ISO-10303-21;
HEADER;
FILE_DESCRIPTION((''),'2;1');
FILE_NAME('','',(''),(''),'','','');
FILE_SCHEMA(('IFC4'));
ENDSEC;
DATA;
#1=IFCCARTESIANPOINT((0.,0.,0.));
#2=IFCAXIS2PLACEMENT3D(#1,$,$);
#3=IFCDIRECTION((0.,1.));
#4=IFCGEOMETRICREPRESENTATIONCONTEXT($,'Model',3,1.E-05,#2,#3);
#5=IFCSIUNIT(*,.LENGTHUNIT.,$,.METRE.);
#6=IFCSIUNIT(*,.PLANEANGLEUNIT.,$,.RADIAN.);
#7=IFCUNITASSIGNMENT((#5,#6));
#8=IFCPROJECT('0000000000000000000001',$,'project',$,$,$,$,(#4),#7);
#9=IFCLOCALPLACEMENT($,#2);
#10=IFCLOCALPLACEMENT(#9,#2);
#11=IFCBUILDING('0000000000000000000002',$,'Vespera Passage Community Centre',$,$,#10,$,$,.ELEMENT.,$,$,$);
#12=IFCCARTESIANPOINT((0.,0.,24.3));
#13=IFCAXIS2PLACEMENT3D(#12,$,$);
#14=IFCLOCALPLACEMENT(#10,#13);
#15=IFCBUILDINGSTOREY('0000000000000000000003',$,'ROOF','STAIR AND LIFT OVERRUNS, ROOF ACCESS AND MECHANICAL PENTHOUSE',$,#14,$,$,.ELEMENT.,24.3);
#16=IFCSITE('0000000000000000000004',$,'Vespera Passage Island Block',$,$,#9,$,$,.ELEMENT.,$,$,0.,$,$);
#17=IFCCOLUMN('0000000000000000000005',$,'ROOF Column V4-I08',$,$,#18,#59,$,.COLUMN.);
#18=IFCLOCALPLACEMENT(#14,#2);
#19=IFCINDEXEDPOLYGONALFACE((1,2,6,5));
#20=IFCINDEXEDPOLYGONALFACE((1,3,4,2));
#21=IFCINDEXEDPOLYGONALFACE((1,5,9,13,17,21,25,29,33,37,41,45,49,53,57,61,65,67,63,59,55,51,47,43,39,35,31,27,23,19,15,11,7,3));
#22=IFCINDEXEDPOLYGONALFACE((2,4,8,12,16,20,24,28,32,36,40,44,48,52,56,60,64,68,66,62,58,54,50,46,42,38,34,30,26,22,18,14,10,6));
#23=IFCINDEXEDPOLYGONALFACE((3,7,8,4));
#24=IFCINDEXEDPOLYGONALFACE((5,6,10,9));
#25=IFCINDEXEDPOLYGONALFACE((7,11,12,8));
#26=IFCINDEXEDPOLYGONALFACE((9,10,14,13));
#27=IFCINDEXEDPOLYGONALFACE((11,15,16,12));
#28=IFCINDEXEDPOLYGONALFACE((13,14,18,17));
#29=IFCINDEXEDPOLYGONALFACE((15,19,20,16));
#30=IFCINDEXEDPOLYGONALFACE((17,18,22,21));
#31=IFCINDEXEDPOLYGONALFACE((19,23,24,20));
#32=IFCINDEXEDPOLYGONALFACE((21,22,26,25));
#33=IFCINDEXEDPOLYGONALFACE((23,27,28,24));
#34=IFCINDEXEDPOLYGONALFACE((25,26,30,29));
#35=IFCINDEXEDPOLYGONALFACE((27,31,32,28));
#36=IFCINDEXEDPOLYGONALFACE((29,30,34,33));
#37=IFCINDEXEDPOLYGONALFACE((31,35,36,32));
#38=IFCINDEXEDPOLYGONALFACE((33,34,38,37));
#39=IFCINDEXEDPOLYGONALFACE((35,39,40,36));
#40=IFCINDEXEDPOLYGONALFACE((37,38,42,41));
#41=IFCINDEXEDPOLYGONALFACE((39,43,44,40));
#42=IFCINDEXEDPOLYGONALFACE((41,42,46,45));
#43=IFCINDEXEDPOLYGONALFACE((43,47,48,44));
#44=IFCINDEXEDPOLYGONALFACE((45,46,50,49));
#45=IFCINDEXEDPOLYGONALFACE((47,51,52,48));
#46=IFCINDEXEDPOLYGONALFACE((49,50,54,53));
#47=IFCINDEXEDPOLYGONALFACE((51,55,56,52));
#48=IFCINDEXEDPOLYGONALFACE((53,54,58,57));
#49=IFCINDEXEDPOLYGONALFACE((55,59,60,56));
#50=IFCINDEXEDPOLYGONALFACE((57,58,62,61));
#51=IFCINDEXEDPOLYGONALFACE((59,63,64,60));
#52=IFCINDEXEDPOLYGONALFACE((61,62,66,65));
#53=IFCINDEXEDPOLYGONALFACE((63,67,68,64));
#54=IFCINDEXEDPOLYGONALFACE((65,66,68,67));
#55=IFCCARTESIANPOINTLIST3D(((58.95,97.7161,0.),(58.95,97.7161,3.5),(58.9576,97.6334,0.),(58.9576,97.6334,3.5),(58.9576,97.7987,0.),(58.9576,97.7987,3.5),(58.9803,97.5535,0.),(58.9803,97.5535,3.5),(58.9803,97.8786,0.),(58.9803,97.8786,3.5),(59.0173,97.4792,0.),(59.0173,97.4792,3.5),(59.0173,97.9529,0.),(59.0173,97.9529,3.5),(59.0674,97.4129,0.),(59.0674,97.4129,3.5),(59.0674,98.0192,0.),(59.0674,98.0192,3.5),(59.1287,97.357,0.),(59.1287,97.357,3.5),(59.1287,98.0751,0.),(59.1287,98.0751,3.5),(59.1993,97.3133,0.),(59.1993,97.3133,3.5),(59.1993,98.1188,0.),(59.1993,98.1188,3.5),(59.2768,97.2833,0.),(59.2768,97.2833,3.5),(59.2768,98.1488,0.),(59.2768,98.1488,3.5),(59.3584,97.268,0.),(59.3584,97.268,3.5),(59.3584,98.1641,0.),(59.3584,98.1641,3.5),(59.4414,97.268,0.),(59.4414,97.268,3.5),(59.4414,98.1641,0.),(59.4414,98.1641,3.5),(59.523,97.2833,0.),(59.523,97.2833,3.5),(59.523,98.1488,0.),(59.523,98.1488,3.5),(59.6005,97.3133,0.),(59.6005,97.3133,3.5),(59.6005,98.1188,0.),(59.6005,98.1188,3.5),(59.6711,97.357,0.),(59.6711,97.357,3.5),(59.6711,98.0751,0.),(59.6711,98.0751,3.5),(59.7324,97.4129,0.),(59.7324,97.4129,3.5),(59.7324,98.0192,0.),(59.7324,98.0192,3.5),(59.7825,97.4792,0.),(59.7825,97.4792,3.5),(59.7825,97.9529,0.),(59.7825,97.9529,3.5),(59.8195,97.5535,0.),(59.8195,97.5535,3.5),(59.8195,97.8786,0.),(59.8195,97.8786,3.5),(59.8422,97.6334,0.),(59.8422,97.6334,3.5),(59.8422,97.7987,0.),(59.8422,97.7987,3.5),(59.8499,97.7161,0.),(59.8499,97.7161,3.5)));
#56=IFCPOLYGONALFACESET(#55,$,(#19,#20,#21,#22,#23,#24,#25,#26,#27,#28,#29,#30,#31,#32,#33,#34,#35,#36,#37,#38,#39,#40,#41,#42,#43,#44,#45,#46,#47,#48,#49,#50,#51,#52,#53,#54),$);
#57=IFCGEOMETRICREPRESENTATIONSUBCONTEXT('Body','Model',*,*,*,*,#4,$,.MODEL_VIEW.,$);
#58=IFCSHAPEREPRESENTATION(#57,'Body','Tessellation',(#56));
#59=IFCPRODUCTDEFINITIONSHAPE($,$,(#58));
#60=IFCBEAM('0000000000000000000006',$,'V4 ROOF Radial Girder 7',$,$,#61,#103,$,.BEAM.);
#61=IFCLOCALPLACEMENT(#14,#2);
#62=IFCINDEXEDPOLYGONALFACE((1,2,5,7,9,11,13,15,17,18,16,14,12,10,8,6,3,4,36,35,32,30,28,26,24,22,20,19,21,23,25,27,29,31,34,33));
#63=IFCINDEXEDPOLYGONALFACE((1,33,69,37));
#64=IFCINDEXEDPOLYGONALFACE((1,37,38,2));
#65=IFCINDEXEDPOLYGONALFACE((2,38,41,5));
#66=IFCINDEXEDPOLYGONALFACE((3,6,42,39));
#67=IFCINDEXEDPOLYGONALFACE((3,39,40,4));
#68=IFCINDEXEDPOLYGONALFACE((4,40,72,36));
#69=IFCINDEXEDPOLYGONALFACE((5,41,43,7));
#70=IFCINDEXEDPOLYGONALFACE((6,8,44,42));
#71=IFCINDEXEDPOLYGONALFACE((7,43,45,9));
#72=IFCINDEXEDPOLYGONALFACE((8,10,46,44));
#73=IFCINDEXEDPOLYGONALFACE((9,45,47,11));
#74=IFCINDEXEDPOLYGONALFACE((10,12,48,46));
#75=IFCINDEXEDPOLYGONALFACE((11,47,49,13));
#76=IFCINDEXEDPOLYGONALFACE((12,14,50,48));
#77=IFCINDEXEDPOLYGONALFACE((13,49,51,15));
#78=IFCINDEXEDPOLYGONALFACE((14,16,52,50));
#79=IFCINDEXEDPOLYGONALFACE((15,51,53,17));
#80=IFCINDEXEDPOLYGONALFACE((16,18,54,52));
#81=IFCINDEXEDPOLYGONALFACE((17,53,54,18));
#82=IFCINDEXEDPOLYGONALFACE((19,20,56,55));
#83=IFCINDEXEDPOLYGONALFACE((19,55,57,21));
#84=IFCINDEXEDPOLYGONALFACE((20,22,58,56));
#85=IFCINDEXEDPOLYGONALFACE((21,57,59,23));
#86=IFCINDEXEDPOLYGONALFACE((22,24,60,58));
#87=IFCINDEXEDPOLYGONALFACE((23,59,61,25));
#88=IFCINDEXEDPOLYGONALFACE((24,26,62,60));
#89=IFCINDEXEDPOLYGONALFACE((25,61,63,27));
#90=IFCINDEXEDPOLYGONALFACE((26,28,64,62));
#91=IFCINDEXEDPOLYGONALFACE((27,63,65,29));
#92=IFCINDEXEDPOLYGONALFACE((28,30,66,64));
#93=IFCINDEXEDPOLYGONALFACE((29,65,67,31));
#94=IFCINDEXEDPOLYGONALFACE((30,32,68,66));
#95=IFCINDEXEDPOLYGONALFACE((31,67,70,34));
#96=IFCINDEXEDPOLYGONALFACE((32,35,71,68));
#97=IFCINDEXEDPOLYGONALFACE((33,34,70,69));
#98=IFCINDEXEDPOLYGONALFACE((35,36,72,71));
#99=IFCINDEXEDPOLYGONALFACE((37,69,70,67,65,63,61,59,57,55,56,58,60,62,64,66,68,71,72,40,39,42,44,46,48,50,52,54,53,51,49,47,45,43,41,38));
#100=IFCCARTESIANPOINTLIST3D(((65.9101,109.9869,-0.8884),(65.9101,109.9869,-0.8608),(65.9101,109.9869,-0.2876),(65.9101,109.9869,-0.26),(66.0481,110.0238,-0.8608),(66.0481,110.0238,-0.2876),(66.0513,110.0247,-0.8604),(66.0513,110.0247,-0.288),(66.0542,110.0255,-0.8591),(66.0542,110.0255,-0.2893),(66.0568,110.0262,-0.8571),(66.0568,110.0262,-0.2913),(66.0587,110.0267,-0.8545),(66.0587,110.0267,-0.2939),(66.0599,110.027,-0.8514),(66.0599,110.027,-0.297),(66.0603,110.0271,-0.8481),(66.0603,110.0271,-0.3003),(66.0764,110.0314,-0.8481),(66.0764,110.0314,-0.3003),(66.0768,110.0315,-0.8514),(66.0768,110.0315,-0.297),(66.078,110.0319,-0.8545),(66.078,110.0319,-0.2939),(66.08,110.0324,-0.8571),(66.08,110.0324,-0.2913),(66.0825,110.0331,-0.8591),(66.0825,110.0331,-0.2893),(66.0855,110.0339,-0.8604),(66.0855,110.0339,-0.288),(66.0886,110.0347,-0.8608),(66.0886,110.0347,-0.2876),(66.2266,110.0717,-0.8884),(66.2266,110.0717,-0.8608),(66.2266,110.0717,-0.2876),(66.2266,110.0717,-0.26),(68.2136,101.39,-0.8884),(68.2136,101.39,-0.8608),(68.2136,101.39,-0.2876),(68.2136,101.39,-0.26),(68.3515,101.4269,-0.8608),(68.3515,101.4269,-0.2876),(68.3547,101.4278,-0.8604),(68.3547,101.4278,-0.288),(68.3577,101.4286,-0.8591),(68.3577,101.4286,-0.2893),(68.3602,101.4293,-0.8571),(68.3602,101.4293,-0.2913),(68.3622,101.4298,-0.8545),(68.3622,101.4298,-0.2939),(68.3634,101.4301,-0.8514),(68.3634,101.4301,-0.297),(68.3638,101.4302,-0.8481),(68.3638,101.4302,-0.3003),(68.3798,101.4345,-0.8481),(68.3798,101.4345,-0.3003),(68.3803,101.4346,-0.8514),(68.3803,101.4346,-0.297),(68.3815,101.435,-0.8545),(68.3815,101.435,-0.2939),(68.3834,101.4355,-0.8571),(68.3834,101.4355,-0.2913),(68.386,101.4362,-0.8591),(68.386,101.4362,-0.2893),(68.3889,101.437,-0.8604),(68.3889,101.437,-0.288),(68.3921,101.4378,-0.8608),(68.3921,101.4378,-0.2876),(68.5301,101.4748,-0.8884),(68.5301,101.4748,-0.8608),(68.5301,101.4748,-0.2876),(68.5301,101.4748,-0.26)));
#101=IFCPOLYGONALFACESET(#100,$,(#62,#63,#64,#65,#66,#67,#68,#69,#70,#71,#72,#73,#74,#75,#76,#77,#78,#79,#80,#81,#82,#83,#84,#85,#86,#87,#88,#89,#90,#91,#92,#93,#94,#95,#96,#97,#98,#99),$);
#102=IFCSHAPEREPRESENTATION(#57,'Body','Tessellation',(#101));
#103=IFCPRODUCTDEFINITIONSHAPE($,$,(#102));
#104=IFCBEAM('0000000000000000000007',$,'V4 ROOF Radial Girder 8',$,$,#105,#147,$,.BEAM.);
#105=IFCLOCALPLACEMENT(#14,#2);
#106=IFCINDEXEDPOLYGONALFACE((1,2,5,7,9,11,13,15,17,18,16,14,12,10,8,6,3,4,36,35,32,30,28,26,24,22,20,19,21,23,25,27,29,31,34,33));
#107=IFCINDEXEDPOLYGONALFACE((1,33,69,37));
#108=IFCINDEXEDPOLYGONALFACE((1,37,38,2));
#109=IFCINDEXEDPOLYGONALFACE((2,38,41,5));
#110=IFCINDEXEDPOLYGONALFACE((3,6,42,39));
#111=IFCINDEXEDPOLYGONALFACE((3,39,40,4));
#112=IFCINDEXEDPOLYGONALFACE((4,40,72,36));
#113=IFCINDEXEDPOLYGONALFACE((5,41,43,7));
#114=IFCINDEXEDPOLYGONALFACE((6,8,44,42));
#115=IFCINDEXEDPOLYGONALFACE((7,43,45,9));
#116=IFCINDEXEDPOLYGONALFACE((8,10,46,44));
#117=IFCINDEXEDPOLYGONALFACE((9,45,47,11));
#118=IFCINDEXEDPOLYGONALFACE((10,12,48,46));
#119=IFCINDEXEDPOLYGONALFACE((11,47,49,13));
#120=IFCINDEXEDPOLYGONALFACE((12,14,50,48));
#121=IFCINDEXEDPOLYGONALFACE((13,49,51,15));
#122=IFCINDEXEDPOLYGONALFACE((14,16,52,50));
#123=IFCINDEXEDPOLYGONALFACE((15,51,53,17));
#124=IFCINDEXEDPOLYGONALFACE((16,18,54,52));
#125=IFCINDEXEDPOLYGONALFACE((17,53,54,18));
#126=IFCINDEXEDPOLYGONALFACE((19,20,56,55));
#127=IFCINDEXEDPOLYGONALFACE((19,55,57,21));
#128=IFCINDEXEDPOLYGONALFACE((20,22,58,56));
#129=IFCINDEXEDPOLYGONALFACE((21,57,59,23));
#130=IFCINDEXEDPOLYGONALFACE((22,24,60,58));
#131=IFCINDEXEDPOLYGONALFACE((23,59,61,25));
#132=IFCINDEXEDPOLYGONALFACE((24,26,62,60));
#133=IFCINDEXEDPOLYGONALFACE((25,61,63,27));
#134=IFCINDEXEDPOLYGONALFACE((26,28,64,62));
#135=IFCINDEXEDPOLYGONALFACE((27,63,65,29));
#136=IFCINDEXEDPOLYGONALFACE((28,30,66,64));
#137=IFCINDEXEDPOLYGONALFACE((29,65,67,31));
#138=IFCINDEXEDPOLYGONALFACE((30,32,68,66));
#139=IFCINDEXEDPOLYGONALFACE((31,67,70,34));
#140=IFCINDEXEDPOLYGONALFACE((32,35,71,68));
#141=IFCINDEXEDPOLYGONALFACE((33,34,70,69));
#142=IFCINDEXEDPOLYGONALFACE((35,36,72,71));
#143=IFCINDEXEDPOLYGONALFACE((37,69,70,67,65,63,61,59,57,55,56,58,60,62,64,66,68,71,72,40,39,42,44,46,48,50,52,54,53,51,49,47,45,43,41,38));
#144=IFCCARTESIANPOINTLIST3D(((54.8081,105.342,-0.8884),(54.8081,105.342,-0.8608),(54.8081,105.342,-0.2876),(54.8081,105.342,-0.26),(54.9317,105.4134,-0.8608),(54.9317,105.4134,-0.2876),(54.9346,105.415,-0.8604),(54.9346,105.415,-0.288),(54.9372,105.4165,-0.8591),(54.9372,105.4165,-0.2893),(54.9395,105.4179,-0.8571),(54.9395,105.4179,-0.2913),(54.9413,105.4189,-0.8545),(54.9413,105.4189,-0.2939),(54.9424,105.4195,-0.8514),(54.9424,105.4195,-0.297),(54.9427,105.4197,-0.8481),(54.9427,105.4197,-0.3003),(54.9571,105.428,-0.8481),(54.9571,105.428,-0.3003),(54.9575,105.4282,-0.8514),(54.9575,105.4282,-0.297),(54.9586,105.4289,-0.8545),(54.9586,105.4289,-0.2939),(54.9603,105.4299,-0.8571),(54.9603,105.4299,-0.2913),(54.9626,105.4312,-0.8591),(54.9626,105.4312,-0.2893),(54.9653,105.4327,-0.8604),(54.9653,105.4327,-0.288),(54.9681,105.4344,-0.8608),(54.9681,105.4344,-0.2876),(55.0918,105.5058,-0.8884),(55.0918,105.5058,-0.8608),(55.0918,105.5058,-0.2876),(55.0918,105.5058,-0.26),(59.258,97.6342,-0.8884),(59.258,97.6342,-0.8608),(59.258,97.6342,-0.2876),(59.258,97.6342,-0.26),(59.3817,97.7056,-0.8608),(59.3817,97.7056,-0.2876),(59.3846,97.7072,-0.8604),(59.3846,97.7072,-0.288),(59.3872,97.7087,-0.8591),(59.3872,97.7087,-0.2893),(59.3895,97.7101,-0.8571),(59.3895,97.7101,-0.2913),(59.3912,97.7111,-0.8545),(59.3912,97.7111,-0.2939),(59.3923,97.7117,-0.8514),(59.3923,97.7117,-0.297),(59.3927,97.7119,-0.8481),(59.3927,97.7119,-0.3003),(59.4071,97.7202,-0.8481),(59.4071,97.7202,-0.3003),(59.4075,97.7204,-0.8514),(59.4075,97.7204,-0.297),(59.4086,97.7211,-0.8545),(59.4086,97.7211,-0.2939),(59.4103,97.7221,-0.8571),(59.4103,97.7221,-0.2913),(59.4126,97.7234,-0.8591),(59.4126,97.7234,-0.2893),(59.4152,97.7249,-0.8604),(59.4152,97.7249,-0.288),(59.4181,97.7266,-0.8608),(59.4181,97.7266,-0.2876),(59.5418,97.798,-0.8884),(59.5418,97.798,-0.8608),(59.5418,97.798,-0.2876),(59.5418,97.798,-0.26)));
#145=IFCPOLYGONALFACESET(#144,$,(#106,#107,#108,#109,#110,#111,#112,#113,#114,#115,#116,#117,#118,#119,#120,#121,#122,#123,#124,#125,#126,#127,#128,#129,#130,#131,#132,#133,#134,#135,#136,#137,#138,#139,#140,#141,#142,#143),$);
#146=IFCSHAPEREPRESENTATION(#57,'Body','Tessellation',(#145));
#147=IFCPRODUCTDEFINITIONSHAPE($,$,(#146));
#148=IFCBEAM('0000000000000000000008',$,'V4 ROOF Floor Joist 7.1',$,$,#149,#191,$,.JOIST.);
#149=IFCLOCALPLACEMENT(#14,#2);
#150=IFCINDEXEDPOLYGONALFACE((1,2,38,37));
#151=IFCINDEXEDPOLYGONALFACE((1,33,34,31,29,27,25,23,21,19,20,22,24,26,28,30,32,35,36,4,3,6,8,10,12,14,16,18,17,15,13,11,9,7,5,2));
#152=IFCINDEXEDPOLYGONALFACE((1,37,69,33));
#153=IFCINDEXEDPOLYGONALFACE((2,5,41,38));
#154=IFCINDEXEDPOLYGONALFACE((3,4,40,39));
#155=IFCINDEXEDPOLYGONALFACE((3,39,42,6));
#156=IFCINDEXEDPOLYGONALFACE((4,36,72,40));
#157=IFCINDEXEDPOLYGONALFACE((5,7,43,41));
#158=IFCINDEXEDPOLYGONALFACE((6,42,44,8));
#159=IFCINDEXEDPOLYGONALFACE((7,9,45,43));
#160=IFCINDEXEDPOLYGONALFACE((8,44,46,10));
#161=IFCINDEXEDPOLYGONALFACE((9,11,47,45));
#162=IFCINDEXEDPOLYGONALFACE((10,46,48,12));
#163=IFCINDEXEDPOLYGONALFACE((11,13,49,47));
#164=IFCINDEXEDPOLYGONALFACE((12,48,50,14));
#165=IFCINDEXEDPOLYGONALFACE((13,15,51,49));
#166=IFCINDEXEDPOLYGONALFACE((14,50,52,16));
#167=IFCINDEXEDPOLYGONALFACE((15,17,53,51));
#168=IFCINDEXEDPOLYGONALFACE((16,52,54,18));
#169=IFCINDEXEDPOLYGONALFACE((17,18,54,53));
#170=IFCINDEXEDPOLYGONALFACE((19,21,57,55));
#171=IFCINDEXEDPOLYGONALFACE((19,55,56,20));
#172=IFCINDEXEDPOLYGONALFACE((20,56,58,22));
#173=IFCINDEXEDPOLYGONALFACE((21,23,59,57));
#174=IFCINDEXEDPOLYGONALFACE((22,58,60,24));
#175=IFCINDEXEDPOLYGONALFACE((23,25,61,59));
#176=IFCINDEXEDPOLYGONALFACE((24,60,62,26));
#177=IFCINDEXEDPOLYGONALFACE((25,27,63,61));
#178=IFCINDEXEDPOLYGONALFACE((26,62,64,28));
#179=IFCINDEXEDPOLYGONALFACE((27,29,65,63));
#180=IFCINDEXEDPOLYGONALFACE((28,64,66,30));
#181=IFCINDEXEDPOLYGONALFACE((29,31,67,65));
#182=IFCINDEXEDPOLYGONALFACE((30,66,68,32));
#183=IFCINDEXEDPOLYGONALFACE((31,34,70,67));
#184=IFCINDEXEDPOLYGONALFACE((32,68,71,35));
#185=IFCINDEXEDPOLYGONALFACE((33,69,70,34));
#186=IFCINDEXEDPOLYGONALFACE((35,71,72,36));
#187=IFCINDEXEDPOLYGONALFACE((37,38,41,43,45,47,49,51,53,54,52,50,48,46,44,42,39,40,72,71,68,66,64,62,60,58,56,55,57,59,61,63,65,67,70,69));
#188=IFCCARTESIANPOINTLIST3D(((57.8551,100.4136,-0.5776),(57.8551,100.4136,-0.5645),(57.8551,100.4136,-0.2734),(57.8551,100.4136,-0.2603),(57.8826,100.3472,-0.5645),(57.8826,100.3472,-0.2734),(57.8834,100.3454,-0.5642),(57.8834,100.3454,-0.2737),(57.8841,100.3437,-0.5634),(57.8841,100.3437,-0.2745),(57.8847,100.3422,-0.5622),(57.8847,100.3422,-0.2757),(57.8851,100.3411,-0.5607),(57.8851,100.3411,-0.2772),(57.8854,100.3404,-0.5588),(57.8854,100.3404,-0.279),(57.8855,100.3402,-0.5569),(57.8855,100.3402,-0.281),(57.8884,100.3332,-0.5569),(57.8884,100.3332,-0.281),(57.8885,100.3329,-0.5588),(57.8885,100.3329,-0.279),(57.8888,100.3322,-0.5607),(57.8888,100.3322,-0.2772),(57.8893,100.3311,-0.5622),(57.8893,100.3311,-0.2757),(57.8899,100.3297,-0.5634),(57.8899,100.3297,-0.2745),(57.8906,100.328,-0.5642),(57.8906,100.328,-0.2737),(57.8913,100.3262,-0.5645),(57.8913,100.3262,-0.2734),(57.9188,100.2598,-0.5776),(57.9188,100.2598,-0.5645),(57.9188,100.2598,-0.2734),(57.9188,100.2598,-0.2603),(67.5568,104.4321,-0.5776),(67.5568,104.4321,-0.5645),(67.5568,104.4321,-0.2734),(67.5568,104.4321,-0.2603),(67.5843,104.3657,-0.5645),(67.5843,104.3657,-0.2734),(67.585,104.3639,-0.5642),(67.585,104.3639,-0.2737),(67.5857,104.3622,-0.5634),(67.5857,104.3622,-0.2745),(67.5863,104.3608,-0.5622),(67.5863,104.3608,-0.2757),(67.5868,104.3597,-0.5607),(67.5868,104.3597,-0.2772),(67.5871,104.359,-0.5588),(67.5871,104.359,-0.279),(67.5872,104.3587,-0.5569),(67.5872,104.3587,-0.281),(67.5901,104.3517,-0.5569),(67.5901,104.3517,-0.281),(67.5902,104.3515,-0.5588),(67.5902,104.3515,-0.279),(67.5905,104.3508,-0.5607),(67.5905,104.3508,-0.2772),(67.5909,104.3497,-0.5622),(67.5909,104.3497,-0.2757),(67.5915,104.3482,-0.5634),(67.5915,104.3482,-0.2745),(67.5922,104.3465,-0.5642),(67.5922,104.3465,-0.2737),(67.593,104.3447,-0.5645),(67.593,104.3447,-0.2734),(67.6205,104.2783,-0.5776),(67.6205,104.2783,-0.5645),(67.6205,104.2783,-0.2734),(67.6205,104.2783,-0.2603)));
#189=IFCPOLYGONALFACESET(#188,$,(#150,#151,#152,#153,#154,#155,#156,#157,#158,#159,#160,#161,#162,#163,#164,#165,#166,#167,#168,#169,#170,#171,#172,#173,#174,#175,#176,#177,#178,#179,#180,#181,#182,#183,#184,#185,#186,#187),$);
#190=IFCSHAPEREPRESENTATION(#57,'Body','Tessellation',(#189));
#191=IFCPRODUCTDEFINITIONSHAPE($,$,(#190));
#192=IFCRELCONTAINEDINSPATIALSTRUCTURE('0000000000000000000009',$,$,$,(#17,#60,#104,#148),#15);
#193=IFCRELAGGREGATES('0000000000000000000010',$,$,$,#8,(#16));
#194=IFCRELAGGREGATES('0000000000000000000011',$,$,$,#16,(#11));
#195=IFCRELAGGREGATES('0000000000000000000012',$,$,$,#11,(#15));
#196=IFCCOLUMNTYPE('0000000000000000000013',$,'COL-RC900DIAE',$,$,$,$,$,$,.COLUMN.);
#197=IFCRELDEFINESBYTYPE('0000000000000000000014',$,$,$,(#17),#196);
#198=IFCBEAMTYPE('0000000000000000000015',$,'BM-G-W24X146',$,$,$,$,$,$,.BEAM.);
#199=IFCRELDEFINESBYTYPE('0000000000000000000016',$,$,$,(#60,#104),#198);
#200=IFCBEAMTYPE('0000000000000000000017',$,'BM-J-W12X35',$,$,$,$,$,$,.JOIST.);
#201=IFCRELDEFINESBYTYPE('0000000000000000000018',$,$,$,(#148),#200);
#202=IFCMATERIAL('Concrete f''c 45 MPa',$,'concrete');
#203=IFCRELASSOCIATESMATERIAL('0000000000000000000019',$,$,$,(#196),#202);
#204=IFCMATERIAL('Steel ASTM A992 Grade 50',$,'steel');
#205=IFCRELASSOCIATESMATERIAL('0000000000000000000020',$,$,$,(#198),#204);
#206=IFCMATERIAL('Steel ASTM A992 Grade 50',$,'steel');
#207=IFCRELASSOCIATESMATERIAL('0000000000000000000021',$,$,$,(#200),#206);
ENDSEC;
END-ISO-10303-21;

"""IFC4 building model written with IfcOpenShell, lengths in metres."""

from ifc_helpers import new_model, si_unit, direction, frame, origin, origin_2d, place, context, subcontext, project, spatial, circle, i_section, extrude, material, material_profile, profile_set, type_object, element, save


model = new_model("IFC4")

# Units and contexts
model_context = context("Model", 3, precision=1e-05, world=origin(), true_north=direction((0.0, 1.0)))
body_context = subcontext(model_context, "Body", "Model", "MODEL_VIEW")
ifc_project = project(units=[si_unit("LENGTHUNIT", "METRE"), si_unit("PLANEANGLEUNIT", "RADIAN")], contexts=[model_context])

# Site, building, storey
site_placement = place(None, origin())
site = spatial("IfcSite", under=ifc_project, at=site_placement, Name="Vespera Passage Island Block", CompositionType="ELEMENT", RefElevation=0.0)
building_placement = place(site_placement, origin())
building = spatial("IfcBuilding", under=site, at=building_placement, Name="Vespera Passage Community Centre", CompositionType="ELEMENT")
storey_placement = place(building_placement, frame((0.0, 0.0, 24.3)))
storey = spatial("IfcBuildingStorey", under=building, at=storey_placement, Name="ROOF", Description="STAIR AND LIFT OVERRUNS, ROOF ACCESS AND MECHANICAL PENTHOUSE", CompositionType="ELEMENT", Elevation=24.3)

# Column
ifc_material_1 = material(Name="Concrete f'c 45 MPa", Category="concrete")
ifc_material_profile_1 = material_profile(ifc_material_1, circle(Radius=0.45, at=origin_2d()), Name="RC900DIA")
ifc_profile_set_1 = profile_set([ifc_material_profile_1], Name="Concrete f'c 45 MPa")
column_type = type_object("IfcColumnType", Name="COL-RC900DIAE", PredefinedType="COLUMN", material=ifc_profile_set_1)
column_placement = place(storey_placement, frame((59.3999, 97.7161, 0.0), z_axis=(0.0, 0.0, 1.0), x_axis=(1.0, 0.0, 0.0)))
element("IfcColumn", 1, at=column_placement, inside=storey, type_object=column_type, Name="ROOF Column V4-I08", PredefinedType="COLUMN", context=body_context, shape_type="SweptSolid", body=[
    extrude(circle(Radius=0.45, at=origin_2d()), origin(), (0.0, 0.0, 1.0), 3.5),
])

# Beams
ifc_material_2 = material(Name="Steel ASTM A992 Grade 50", Category="steel")
ifc_material_profile_2 = material_profile(ifc_material_2, i_section(OverallWidth=0.3276, OverallDepth=0.6284, WebThickness=0.0166, FlangeThickness=0.0276, FilletRadius=0.0127, at=origin_2d()), Name="W24X146")
ifc_profile_set_2 = profile_set([ifc_material_profile_2], Name="Steel ASTM A992 Grade 50")
beam_type_1 = type_object("IfcBeamType", Name="BM-G-W24X146", PredefinedType="BEAM", material=ifc_profile_set_2)
for number, where, z_axis, x_axis, name in (
    (2, (68.3718, 101.4324, -0.5742), (-0.258811, 0.965928, 0.0), (-0.965928, -0.258811, 0.0), "V4 ROOF Radial Girder 7"),
    (3, (59.3999, 97.7161, -0.5742), (-0.499989, 0.866032, 0.0), (-0.866032, -0.499989, 0.0), "V4 ROOF Radial Girder 8"),
):
    element("IfcBeam", number, at=place(storey_placement, frame(where, z_axis=z_axis, x_axis=x_axis)), inside=storey, type_object=beam_type_1, Name=name, PredefinedType="BEAM", context=body_context, shape_type="SweptSolid", body=[
        extrude(i_section(OverallWidth=0.3276, OverallDepth=0.6284, WebThickness=0.0166, FlangeThickness=0.0276, FilletRadius=0.0127, at=origin_2d()), origin(), (0.0, 0.0, 1.0), 8.9001),
    ])
ifc_material_3 = material(Name="Steel ASTM A992 Grade 50", Category="steel")
ifc_material_profile_3 = material_profile(ifc_material_3, i_section(OverallWidth=0.1665, OverallDepth=0.3174, WebThickness=0.0076, FlangeThickness=0.0132, FilletRadius=0.0076, at=origin_2d()), Name="W12X35")
ifc_profile_set_3 = profile_set([ifc_material_profile_3], Name="Steel ASTM A992 Grade 50")
beam_type_2 = type_object("IfcBeamType", Name="BM-J-W12X35", PredefinedType="JOIST", material=ifc_profile_set_3)
beam_1_placement = place(storey_placement, frame((67.5886, 104.3552, -0.4189), z_axis=(-0.92388, -0.382683, 0.0), x_axis=(0.382683, -0.92388, 0.0)))
element("IfcBeam", 4, at=beam_1_placement, inside=storey, type_object=beam_type_2, Name="V4 ROOF Floor Joist 7.1", PredefinedType="JOIST", context=body_context, shape_type="SweptSolid", body=[
    extrude(i_section(OverallWidth=0.1665, OverallDepth=0.3174, WebThickness=0.0076, FlangeThickness=0.0132, FilletRadius=0.0076, at=origin_2d()), origin(), (0.0, 0.0, 1.0), 10.501),
])

save(model, "model.ifc")
